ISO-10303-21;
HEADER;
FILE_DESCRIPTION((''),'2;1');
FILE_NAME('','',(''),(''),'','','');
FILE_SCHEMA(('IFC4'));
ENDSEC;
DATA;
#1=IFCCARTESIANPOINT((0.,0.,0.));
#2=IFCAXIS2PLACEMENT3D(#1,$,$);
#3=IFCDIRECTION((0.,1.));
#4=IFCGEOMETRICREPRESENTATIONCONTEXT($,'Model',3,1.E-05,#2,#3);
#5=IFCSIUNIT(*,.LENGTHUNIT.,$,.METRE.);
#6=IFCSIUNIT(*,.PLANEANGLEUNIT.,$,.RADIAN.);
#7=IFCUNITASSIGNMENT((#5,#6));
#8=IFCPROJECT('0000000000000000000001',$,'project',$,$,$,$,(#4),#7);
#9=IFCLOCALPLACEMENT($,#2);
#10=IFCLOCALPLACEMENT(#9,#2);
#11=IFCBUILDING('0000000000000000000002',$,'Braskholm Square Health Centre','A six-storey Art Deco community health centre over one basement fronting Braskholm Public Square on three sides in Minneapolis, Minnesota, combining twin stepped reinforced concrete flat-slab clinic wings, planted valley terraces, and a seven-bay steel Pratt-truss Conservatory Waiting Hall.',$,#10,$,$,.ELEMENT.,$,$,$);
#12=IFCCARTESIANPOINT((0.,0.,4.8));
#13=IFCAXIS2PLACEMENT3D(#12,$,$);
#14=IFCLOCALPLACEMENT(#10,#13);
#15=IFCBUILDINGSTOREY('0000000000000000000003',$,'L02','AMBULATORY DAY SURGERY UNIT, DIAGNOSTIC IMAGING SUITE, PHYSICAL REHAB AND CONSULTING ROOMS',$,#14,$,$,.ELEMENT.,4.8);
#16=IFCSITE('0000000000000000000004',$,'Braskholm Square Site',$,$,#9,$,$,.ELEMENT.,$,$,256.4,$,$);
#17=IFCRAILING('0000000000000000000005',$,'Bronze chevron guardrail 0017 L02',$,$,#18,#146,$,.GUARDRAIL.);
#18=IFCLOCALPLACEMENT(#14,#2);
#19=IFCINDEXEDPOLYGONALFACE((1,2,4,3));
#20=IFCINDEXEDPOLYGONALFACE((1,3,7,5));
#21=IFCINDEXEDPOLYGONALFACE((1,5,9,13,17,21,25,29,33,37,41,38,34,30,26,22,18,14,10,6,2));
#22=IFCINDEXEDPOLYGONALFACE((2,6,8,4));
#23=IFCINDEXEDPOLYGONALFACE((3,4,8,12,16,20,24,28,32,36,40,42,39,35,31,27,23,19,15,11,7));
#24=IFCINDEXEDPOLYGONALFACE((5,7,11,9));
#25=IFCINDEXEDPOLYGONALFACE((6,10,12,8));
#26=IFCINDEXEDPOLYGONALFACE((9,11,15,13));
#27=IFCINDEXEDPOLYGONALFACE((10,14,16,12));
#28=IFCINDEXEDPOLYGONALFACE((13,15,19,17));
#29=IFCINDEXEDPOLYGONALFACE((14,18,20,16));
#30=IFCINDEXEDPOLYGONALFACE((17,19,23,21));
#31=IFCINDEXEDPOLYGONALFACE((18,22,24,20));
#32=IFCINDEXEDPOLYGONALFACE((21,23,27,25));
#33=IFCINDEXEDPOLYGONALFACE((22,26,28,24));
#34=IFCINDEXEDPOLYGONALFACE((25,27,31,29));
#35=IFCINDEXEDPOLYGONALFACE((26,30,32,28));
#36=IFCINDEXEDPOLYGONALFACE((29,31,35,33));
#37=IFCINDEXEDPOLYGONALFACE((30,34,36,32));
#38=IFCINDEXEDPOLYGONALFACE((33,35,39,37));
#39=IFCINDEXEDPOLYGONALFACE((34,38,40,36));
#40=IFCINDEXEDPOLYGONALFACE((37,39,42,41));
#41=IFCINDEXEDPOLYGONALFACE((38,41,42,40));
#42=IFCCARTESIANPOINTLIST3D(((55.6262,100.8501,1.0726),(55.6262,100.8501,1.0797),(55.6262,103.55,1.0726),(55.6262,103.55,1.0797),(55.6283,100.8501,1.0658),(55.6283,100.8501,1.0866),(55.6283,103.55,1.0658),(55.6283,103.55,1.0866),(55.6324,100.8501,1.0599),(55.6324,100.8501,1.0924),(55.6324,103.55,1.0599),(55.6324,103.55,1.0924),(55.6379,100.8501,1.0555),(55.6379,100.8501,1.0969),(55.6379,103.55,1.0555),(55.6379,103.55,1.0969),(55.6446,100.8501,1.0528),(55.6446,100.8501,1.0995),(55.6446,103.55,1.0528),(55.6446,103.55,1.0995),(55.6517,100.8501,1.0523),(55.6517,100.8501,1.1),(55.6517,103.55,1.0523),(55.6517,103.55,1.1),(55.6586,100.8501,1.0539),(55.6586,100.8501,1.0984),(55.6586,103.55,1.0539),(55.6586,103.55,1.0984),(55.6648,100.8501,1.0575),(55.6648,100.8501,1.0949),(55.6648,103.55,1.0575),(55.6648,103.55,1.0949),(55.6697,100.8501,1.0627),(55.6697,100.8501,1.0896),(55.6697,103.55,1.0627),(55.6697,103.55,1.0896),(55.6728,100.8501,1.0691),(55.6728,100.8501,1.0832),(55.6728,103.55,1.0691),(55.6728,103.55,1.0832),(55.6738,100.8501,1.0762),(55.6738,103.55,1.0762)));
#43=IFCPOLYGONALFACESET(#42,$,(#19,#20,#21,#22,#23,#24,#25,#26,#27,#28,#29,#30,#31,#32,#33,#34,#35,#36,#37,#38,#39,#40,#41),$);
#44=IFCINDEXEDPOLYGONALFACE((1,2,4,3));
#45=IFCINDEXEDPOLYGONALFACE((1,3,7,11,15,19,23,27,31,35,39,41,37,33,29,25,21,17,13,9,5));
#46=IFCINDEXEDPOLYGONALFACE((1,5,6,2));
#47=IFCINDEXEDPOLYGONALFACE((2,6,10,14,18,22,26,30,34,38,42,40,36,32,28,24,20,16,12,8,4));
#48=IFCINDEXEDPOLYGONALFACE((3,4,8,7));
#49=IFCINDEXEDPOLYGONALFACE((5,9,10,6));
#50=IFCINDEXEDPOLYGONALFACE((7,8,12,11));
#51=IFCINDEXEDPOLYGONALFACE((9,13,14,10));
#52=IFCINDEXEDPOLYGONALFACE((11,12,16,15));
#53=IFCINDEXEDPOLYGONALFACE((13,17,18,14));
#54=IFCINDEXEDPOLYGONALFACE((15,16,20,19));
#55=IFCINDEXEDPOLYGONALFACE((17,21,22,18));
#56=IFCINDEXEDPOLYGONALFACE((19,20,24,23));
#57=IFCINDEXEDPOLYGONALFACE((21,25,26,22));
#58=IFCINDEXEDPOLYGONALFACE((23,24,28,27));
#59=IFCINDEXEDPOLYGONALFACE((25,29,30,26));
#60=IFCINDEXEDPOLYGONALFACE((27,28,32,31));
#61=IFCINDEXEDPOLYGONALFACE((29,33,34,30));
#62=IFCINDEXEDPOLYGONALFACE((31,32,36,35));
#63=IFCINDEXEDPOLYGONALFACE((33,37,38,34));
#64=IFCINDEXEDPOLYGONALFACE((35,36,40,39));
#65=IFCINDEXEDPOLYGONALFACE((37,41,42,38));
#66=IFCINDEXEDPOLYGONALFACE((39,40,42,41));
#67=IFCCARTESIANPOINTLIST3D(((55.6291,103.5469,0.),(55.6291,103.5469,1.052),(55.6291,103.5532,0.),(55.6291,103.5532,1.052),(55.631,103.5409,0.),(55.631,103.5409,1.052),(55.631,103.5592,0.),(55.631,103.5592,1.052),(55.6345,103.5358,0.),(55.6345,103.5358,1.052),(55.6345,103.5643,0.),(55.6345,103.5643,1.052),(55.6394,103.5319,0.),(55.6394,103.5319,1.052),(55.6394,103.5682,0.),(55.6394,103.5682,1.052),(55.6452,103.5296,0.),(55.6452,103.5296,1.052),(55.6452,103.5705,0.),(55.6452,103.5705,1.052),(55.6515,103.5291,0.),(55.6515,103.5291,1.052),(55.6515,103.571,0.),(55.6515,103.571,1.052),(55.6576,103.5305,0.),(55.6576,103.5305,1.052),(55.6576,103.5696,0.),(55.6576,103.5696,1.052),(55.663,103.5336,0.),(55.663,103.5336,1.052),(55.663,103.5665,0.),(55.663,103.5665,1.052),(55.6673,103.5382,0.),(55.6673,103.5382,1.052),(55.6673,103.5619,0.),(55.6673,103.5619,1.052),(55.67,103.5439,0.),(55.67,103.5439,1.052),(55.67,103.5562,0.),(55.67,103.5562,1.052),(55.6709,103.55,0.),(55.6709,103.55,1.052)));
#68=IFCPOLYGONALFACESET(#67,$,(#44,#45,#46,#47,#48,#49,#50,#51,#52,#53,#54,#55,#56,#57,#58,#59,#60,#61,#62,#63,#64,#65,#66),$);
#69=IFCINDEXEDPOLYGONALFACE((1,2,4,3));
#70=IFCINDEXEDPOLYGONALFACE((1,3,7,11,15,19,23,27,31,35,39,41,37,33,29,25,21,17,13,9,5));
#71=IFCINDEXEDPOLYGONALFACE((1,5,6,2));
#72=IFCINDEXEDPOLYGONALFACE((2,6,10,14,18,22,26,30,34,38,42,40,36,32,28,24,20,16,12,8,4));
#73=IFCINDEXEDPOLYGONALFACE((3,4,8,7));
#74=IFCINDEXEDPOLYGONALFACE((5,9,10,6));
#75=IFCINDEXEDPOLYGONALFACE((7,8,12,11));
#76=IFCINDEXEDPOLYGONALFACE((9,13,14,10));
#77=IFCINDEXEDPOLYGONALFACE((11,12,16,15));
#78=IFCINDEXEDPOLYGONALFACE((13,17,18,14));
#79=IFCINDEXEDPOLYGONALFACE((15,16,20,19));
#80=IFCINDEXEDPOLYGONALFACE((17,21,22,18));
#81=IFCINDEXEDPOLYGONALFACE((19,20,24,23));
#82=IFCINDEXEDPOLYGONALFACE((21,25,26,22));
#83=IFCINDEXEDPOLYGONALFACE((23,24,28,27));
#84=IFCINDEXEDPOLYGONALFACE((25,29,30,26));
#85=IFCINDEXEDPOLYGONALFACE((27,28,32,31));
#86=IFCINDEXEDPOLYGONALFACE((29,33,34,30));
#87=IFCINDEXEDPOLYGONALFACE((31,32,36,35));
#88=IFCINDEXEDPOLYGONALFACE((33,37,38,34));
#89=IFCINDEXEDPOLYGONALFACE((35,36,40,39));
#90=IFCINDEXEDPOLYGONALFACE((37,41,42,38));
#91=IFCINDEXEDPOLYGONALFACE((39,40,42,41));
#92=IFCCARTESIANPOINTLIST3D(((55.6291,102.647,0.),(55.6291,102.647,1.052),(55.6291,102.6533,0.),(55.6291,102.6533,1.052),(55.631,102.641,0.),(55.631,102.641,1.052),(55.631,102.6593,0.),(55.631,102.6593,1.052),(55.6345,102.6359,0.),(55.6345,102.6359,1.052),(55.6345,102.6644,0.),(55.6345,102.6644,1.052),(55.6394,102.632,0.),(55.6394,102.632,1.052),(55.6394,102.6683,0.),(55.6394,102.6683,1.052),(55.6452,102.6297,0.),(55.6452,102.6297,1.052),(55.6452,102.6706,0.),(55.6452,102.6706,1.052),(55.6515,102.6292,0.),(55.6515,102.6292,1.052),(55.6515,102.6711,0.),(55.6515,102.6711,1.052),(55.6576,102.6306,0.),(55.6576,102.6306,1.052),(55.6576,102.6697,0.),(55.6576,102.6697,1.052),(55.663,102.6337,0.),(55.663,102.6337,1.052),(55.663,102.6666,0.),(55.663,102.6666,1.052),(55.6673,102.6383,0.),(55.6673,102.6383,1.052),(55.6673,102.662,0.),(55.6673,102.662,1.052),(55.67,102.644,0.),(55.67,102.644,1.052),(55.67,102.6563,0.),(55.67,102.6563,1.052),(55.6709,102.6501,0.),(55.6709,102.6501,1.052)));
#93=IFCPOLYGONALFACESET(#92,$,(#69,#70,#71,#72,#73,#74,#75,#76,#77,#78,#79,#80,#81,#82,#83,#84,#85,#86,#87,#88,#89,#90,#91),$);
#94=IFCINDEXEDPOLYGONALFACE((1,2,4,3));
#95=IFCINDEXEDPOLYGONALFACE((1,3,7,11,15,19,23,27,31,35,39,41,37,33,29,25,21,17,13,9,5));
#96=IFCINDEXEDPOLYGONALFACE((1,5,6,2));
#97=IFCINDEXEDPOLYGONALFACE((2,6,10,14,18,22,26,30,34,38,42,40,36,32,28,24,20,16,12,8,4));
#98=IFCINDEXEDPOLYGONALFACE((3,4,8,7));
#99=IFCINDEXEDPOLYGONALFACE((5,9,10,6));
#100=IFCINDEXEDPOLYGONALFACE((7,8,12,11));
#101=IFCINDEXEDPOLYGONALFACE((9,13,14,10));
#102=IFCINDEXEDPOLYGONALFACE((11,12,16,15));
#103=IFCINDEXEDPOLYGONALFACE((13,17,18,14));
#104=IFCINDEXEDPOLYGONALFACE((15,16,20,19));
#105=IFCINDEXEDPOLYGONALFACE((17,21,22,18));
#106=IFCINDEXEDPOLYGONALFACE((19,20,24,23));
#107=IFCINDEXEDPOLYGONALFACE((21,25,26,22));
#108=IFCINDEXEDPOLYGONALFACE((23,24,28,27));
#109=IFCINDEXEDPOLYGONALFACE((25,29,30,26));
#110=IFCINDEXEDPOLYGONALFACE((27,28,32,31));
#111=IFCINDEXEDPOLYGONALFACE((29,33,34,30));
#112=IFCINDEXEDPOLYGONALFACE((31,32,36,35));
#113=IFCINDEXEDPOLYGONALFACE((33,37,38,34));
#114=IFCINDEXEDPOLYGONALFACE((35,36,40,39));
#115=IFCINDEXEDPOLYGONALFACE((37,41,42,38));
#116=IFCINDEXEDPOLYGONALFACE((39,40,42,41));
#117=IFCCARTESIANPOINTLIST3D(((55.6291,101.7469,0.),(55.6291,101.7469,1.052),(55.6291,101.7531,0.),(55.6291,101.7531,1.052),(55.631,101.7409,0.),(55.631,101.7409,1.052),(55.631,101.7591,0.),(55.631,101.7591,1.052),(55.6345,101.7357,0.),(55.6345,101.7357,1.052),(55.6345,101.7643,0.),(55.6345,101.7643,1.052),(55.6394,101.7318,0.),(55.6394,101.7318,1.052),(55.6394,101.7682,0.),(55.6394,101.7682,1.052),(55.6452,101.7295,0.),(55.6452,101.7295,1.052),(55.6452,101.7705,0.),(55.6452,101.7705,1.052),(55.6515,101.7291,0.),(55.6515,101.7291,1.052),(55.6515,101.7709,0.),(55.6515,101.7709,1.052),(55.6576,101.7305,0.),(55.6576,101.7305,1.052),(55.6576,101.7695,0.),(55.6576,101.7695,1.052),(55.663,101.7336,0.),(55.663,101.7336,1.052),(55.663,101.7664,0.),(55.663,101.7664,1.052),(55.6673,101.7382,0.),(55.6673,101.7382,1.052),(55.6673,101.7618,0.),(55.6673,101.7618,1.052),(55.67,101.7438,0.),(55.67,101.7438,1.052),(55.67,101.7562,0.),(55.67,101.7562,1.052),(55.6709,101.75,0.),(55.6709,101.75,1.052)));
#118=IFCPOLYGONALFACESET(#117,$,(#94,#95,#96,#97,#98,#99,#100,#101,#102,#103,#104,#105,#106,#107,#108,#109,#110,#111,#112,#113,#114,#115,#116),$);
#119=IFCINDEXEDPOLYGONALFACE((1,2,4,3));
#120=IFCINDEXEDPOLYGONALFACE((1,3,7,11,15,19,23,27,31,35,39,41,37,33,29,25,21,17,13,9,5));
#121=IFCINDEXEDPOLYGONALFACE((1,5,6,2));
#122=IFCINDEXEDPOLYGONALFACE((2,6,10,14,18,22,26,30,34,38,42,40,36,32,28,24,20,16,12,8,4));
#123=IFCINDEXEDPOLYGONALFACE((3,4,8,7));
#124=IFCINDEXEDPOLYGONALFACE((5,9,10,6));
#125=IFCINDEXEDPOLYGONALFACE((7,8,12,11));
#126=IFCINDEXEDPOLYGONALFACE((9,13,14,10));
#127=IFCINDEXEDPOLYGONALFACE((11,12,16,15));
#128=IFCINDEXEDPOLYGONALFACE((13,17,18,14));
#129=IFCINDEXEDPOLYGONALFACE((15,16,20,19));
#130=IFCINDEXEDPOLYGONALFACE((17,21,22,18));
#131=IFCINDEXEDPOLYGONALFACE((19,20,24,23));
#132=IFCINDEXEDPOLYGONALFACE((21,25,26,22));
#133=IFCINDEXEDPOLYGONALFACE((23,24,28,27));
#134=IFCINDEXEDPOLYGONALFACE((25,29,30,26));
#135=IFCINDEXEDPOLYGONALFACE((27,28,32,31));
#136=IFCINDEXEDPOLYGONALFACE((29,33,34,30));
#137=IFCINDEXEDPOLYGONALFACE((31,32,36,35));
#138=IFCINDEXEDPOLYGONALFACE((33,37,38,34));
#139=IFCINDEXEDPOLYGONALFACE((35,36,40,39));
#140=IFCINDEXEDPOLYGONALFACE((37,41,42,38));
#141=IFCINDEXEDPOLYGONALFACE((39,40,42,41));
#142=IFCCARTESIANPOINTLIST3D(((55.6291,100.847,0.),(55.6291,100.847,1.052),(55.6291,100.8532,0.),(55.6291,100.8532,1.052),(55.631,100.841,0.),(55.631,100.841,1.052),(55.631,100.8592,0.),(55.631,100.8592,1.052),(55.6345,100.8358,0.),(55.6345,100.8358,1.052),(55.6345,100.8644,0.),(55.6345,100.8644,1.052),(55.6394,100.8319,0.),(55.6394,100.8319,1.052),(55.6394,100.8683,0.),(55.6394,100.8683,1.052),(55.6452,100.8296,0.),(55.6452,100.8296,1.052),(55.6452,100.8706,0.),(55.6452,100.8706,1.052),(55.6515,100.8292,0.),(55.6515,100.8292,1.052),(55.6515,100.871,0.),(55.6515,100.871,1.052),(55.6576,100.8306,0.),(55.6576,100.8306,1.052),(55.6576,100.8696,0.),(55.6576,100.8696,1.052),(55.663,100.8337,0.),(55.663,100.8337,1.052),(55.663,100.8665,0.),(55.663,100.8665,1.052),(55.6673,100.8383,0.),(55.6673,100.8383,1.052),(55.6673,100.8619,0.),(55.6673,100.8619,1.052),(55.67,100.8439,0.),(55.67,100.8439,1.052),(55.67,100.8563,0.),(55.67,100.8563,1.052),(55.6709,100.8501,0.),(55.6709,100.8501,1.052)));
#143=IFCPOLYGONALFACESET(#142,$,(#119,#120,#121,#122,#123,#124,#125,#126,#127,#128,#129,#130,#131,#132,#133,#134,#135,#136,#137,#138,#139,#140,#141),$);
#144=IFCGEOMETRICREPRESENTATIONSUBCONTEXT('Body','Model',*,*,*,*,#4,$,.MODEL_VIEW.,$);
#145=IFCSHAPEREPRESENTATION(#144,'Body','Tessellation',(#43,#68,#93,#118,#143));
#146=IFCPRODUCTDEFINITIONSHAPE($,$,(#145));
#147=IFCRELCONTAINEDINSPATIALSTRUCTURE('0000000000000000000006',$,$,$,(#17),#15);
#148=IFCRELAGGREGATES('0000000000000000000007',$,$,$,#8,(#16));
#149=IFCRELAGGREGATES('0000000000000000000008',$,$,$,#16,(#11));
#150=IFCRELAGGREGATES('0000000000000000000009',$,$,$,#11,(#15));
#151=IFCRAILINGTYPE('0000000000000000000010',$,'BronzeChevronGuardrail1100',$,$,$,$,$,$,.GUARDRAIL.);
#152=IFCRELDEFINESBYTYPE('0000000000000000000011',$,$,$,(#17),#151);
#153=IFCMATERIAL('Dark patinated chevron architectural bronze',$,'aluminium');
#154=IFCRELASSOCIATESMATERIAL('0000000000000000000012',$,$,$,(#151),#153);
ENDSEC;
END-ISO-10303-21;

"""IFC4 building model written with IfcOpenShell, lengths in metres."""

from ifc_helpers import new_model, si_unit, direction, frame, origin, origin_2d, place, context, subcontext, project, spatial, circle, extrude, material, type_object, element, save


model = new_model("IFC4")

# Units and contexts
model_context = context("Model", 3, precision=1e-05, world=origin(), true_north=direction((0.0, 1.0)))
body_context = subcontext(model_context, "Body", "Model", "MODEL_VIEW")
ifc_project = project(units=[si_unit("LENGTHUNIT", "METRE"), si_unit("PLANEANGLEUNIT", "RADIAN")], contexts=[model_context])

# Site, building, storey
site_placement = place(None, origin())
site = spatial("IfcSite", under=ifc_project, at=site_placement, Name="Braskholm Square Site", CompositionType="ELEMENT", RefElevation=256.4)
building_placement = place(site_placement, origin())
building = spatial("IfcBuilding", under=site, at=building_placement, Name="Braskholm Square Health Centre", Description="A six-storey Art Deco community health centre over one basement fronting Braskholm Public Square on three sides in Minneapolis, Minnesota, combining twin stepped reinforced concrete flat-slab clinic wings, planted valley terraces, and a seven-bay steel Pratt-truss Conservatory Waiting Hall.", CompositionType="ELEMENT")
storey_placement = place(building_placement, frame((0.0, 0.0, 4.8)))
storey = spatial("IfcBuildingStorey", under=building, at=storey_placement, Name="L02", Description="AMBULATORY DAY SURGERY UNIT, DIAGNOSTIC IMAGING SUITE, PHYSICAL REHAB AND CONSULTING ROOMS", CompositionType="ELEMENT", Elevation=4.8)

# Railing
ifc_material_1 = material(Name="Dark patinated chevron architectural bronze", Category="aluminium")
railing_type_1 = type_object("IfcRailingType", Name="BronzeChevronGuardrail1100", PredefinedType="GUARDRAIL", material=ifc_material_1)
railing_1_placement = place(storey_placement, frame((55.6499, 103.55, 0.0)))
element("IfcRailing", 1, at=railing_1_placement, inside=storey, type_object=railing_type_1, Name="Bronze chevron guardrail 0017 L02", PredefinedType="GUARDRAIL", context=body_context, shape_type="SweptSolid", body=[
    extrude(circle(Radius=0.0239, at=origin_2d()), frame((0.0, 0.0, 1.0762), z_axis=(0.0, -1.0, 0.0), x_axis=(1.0, 0.0, 0.0)), (0.0, 0.0, 1.0), 2.7),
    extrude(circle(Radius=0.021, at=origin_2d()), origin(), (0.0, 0.0, 1.0), 1.052),
    extrude(circle(Radius=0.021, at=origin_2d()), frame((0.0, -0.8999, 0.0)), (0.0, 0.0, 1.0), 1.052),
    extrude(circle(Radius=0.021, at=origin_2d()), frame((0.0, -1.8, 0.0)), (0.0, 0.0, 1.0), 1.052),
    extrude(circle(Radius=0.021, at=origin_2d()), frame((0.0, -2.7, 0.0)), (0.0, 0.0, 1.0), 1.052),
])

save(model, "model.ifc")
